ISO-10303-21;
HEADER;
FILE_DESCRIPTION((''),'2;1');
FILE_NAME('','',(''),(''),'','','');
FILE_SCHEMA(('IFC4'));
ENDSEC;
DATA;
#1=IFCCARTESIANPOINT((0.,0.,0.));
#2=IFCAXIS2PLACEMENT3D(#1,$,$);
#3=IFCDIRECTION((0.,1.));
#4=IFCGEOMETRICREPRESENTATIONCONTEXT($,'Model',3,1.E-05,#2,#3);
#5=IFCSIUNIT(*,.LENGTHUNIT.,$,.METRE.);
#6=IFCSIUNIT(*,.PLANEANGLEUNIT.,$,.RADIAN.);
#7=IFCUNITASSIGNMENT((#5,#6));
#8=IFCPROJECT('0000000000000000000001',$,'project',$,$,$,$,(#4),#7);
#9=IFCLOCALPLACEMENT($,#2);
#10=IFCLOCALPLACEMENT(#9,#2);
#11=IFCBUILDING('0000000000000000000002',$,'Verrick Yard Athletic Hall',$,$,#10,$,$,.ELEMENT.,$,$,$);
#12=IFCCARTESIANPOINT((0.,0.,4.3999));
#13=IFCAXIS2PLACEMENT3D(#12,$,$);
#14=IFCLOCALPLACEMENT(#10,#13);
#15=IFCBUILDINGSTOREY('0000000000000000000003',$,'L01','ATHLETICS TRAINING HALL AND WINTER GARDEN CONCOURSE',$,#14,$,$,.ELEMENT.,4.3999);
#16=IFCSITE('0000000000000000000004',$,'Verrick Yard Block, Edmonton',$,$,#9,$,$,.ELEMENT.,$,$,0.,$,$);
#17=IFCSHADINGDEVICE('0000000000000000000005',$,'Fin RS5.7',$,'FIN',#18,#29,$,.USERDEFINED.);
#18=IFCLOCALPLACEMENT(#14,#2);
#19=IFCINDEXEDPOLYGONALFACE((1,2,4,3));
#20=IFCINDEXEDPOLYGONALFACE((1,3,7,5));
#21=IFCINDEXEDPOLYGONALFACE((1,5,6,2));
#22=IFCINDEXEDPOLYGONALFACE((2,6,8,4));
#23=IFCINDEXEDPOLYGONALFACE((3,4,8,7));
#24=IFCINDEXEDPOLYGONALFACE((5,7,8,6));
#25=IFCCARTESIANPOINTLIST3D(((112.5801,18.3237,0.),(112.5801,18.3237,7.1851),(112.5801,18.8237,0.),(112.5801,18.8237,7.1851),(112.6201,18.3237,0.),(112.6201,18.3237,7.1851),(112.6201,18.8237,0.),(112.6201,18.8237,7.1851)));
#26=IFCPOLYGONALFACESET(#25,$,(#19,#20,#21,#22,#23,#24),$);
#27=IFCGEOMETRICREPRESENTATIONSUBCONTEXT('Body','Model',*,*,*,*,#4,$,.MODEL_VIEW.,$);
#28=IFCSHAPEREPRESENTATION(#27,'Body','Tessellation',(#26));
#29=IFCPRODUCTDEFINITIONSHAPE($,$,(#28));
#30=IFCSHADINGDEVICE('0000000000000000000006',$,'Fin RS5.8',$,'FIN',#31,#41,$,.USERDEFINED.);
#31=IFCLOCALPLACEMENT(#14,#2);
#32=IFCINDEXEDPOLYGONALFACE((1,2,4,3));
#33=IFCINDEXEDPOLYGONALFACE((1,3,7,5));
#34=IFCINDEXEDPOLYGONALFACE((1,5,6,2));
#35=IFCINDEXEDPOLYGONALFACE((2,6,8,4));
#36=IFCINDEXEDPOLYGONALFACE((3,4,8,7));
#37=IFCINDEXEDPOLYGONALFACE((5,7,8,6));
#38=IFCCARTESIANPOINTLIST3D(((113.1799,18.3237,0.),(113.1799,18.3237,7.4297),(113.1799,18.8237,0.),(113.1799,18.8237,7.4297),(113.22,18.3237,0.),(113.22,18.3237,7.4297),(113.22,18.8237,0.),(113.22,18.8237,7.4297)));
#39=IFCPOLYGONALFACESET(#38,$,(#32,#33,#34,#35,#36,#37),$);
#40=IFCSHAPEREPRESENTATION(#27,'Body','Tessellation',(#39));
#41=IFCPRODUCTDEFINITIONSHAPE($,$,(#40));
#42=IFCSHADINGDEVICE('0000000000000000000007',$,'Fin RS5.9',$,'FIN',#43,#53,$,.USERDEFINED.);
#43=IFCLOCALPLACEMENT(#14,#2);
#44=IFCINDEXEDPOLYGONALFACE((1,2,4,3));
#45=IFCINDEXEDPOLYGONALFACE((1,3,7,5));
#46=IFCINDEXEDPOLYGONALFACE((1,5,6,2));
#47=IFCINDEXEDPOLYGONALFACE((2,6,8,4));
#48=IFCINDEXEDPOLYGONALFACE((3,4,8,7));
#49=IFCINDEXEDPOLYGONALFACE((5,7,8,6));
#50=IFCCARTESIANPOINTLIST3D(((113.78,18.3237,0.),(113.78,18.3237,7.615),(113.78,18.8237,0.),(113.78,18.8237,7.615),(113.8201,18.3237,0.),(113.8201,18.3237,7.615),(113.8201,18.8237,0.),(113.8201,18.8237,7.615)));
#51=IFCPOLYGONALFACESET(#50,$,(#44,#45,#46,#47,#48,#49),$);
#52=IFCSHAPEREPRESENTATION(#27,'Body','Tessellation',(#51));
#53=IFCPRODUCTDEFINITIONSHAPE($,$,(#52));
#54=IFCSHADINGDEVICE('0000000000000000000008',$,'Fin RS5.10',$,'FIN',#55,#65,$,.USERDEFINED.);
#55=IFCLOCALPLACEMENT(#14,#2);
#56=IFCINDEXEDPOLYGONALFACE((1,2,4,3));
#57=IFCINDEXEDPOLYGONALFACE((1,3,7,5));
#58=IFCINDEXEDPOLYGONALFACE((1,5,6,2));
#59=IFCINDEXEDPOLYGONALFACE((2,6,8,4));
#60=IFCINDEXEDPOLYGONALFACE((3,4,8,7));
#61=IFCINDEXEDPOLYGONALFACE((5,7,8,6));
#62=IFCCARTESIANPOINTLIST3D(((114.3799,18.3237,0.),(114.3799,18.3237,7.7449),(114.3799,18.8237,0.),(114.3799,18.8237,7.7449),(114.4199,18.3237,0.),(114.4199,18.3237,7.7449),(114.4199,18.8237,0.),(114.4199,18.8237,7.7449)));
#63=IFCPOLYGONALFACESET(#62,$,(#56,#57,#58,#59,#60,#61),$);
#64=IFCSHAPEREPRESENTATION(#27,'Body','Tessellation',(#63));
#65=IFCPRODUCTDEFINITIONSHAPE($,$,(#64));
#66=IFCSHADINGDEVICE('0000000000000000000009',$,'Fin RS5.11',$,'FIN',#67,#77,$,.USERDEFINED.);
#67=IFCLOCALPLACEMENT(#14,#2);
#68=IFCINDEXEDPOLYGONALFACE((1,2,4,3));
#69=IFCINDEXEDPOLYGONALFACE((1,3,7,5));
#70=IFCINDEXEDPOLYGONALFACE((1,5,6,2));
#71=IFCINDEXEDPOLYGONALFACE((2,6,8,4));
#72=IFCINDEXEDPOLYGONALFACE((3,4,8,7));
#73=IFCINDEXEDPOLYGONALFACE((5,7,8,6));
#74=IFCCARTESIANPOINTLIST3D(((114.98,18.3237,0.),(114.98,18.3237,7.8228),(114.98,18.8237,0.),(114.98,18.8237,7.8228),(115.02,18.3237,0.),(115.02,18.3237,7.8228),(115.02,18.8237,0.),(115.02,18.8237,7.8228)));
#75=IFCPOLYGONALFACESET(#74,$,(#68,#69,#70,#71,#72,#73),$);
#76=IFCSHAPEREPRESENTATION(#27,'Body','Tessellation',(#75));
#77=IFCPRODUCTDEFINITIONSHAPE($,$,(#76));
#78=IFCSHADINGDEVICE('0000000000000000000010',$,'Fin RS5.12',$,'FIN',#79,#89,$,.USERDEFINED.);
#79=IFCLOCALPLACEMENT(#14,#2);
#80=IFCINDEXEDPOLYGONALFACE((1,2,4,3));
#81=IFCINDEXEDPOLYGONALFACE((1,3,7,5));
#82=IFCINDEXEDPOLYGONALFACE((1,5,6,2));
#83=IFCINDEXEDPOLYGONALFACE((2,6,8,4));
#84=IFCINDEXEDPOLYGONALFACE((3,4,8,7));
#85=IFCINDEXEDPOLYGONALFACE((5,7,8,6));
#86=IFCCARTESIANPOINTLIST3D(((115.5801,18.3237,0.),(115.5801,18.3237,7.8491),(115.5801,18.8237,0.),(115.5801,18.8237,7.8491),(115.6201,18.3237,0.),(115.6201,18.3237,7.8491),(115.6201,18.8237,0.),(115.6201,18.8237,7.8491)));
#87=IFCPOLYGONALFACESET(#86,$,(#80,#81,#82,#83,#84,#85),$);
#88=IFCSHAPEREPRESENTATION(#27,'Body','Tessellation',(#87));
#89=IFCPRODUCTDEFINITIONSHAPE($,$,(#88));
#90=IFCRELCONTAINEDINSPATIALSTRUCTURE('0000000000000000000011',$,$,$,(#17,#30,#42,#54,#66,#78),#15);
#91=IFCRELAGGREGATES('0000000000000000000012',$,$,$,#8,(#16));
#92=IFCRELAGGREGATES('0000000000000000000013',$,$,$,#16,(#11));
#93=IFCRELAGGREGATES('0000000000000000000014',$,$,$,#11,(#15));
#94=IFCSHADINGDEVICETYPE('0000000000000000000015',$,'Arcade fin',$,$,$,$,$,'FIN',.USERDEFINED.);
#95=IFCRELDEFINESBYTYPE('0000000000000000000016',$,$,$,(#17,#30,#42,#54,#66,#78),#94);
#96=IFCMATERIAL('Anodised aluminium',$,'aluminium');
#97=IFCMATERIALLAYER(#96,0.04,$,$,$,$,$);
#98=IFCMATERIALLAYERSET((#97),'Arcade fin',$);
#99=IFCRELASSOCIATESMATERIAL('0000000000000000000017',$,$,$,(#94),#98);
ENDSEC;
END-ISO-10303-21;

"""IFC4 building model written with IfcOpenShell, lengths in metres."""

from ifc_helpers import new_model, si_unit, direction, frame, origin, place, context, subcontext, project, spatial, polyline, outline, extrude, material, layer, layer_set, type_object, element, save


model = new_model("IFC4")

# Units and contexts
model_context = context("Model", 3, precision=1e-05, world=origin(), true_north=direction((0.0, 1.0)))
body_context = subcontext(model_context, "Body", "Model", "MODEL_VIEW")
ifc_project = project(units=[si_unit("LENGTHUNIT", "METRE"), si_unit("PLANEANGLEUNIT", "RADIAN")], contexts=[model_context])

# Site, building, storey
site_placement = place(None, origin())
site = spatial("IfcSite", under=ifc_project, at=site_placement, Name="Verrick Yard Block, Edmonton", CompositionType="ELEMENT", RefElevation=0.0)
building_placement = place(site_placement, origin())
building = spatial("IfcBuilding", under=site, at=building_placement, Name="Verrick Yard Athletic Hall", CompositionType="ELEMENT")
storey_placement = place(building_placement, frame((0.0, 0.0, 4.3999)))
storey = spatial("IfcBuildingStorey", under=building, at=storey_placement, Name="L01", Description="ATHLETICS TRAINING HALL AND WINTER GARDEN CONCOURSE", CompositionType="ELEMENT", Elevation=4.3999)

# Shading devices
ifc_material_1 = material(Name="Anodised aluminium", Category="aluminium")
ifc_layer_1 = layer(ifc_material_1, 0.04)
ifc_layer_set_1 = layer_set([ifc_layer_1], Name="Arcade fin")
shading_device_type = type_object("IfcShadingDeviceType", Name="Arcade fin", ElementType="FIN", PredefinedType="USERDEFINED", material=ifc_layer_set_1)
shading_device_1_placement = place(storey_placement, frame((112.6001, 18.8237, 0.0), z_axis=(0.0, 0.0, 1.0), x_axis=(0.0, -1.0, 0.0)))
element("IfcShadingDevice", 1, at=shading_device_1_placement, inside=storey, type_object=shading_device_type, Name="Fin RS5.7", ObjectType="FIN", PredefinedType="USERDEFINED", context=body_context, shape_type="SweptSolid", body=[
    extrude(outline(polyline([(0.0, 0.0), (0.5, 0.0), (0.5, 7.1851), (0.0, 7.1851), (0.0, 0.0)])), frame((0.0, 0.02, 0.0), z_axis=(0.0, -1.0, 0.0), x_axis=(1.0, 0.0, 0.0)), (0.0, 0.0, 1.0), 0.04),
])
shading_device_2_placement = place(storey_placement, frame((113.2, 18.8237, 0.0), z_axis=(0.0, 0.0, 1.0), x_axis=(0.0, -1.0, 0.0)))
element("IfcShadingDevice", 2, at=shading_device_2_placement, inside=storey, type_object=shading_device_type, Name="Fin RS5.8", ObjectType="FIN", PredefinedType="USERDEFINED", context=body_context, shape_type="SweptSolid", body=[
    extrude(outline(polyline([(0.0, 0.0), (0.5, 0.0), (0.5, 7.4297), (0.0, 7.4297), (0.0, 0.0)])), frame((0.0, 0.02, 0.0), z_axis=(0.0, -1.0, 0.0), x_axis=(1.0, 0.0, 0.0)), (0.0, 0.0, 1.0), 0.04),
])
shading_device_3_placement = place(storey_placement, frame((113.8, 18.8237, 0.0), z_axis=(0.0, 0.0, 1.0), x_axis=(0.0, -1.0, 0.0)))
element("IfcShadingDevice", 3, at=shading_device_3_placement, inside=storey, type_object=shading_device_type, Name="Fin RS5.9", ObjectType="FIN", PredefinedType="USERDEFINED", context=body_context, shape_type="SweptSolid", body=[
    extrude(outline(polyline([(0.0, 0.0), (0.5, 0.0), (0.5, 7.615), (0.0, 7.615), (0.0, 0.0)])), frame((0.0, 0.02, 0.0), z_axis=(0.0, -1.0, 0.0), x_axis=(1.0, 0.0, 0.0)), (0.0, 0.0, 1.0), 0.04),
])
shading_device_4_placement = place(storey_placement, frame((114.3999, 18.8237, 0.0), z_axis=(0.0, 0.0, 1.0), x_axis=(0.0, -1.0, 0.0)))
element("IfcShadingDevice", 4, at=shading_device_4_placement, inside=storey, type_object=shading_device_type, Name="Fin RS5.10", ObjectType="FIN", PredefinedType="USERDEFINED", context=body_context, shape_type="SweptSolid", body=[
    extrude(outline(polyline([(0.0, 0.0), (0.5, 0.0), (0.5, 7.7449), (0.0, 7.7449), (0.0, 0.0)])), frame((0.0, 0.02, 0.0), z_axis=(0.0, -1.0, 0.0), x_axis=(1.0, 0.0, 0.0)), (0.0, 0.0, 1.0), 0.04),
])
shading_device_5_placement = place(storey_placement, frame((115.0, 18.8237, 0.0), z_axis=(0.0, 0.0, 1.0), x_axis=(0.0, -1.0, 0.0)))
element("IfcShadingDevice", 5, at=shading_device_5_placement, inside=storey, type_object=shading_device_type, Name="Fin RS5.11", ObjectType="FIN", PredefinedType="USERDEFINED", context=body_context, shape_type="SweptSolid", body=[
    extrude(outline(polyline([(0.0, 0.0), (0.5, 0.0), (0.5, 7.8228), (0.0, 7.8228), (0.0, 0.0)])), frame((0.0, 0.02, 0.0), z_axis=(0.0, -1.0, 0.0), x_axis=(1.0, 0.0, 0.0)), (0.0, 0.0, 1.0), 0.04),
])
shading_device_6_placement = place(storey_placement, frame((115.6001, 18.8237, 0.0), z_axis=(0.0, 0.0, 1.0), x_axis=(0.0, -1.0, 0.0)))
element("IfcShadingDevice", 6, at=shading_device_6_placement, inside=storey, type_object=shading_device_type, Name="Fin RS5.12", ObjectType="FIN", PredefinedType="USERDEFINED", context=body_context, shape_type="SweptSolid", body=[
    extrude(outline(polyline([(0.0, 0.0), (0.5, 0.0), (0.5, 7.8491), (0.0, 7.8491), (0.0, 0.0)])), frame((0.0, 0.02, 0.0), z_axis=(0.0, -1.0, 0.0), x_axis=(1.0, 0.0, 0.0)), (0.0, 0.0, 1.0), 0.04),
])

save(model, "model.ifc")
